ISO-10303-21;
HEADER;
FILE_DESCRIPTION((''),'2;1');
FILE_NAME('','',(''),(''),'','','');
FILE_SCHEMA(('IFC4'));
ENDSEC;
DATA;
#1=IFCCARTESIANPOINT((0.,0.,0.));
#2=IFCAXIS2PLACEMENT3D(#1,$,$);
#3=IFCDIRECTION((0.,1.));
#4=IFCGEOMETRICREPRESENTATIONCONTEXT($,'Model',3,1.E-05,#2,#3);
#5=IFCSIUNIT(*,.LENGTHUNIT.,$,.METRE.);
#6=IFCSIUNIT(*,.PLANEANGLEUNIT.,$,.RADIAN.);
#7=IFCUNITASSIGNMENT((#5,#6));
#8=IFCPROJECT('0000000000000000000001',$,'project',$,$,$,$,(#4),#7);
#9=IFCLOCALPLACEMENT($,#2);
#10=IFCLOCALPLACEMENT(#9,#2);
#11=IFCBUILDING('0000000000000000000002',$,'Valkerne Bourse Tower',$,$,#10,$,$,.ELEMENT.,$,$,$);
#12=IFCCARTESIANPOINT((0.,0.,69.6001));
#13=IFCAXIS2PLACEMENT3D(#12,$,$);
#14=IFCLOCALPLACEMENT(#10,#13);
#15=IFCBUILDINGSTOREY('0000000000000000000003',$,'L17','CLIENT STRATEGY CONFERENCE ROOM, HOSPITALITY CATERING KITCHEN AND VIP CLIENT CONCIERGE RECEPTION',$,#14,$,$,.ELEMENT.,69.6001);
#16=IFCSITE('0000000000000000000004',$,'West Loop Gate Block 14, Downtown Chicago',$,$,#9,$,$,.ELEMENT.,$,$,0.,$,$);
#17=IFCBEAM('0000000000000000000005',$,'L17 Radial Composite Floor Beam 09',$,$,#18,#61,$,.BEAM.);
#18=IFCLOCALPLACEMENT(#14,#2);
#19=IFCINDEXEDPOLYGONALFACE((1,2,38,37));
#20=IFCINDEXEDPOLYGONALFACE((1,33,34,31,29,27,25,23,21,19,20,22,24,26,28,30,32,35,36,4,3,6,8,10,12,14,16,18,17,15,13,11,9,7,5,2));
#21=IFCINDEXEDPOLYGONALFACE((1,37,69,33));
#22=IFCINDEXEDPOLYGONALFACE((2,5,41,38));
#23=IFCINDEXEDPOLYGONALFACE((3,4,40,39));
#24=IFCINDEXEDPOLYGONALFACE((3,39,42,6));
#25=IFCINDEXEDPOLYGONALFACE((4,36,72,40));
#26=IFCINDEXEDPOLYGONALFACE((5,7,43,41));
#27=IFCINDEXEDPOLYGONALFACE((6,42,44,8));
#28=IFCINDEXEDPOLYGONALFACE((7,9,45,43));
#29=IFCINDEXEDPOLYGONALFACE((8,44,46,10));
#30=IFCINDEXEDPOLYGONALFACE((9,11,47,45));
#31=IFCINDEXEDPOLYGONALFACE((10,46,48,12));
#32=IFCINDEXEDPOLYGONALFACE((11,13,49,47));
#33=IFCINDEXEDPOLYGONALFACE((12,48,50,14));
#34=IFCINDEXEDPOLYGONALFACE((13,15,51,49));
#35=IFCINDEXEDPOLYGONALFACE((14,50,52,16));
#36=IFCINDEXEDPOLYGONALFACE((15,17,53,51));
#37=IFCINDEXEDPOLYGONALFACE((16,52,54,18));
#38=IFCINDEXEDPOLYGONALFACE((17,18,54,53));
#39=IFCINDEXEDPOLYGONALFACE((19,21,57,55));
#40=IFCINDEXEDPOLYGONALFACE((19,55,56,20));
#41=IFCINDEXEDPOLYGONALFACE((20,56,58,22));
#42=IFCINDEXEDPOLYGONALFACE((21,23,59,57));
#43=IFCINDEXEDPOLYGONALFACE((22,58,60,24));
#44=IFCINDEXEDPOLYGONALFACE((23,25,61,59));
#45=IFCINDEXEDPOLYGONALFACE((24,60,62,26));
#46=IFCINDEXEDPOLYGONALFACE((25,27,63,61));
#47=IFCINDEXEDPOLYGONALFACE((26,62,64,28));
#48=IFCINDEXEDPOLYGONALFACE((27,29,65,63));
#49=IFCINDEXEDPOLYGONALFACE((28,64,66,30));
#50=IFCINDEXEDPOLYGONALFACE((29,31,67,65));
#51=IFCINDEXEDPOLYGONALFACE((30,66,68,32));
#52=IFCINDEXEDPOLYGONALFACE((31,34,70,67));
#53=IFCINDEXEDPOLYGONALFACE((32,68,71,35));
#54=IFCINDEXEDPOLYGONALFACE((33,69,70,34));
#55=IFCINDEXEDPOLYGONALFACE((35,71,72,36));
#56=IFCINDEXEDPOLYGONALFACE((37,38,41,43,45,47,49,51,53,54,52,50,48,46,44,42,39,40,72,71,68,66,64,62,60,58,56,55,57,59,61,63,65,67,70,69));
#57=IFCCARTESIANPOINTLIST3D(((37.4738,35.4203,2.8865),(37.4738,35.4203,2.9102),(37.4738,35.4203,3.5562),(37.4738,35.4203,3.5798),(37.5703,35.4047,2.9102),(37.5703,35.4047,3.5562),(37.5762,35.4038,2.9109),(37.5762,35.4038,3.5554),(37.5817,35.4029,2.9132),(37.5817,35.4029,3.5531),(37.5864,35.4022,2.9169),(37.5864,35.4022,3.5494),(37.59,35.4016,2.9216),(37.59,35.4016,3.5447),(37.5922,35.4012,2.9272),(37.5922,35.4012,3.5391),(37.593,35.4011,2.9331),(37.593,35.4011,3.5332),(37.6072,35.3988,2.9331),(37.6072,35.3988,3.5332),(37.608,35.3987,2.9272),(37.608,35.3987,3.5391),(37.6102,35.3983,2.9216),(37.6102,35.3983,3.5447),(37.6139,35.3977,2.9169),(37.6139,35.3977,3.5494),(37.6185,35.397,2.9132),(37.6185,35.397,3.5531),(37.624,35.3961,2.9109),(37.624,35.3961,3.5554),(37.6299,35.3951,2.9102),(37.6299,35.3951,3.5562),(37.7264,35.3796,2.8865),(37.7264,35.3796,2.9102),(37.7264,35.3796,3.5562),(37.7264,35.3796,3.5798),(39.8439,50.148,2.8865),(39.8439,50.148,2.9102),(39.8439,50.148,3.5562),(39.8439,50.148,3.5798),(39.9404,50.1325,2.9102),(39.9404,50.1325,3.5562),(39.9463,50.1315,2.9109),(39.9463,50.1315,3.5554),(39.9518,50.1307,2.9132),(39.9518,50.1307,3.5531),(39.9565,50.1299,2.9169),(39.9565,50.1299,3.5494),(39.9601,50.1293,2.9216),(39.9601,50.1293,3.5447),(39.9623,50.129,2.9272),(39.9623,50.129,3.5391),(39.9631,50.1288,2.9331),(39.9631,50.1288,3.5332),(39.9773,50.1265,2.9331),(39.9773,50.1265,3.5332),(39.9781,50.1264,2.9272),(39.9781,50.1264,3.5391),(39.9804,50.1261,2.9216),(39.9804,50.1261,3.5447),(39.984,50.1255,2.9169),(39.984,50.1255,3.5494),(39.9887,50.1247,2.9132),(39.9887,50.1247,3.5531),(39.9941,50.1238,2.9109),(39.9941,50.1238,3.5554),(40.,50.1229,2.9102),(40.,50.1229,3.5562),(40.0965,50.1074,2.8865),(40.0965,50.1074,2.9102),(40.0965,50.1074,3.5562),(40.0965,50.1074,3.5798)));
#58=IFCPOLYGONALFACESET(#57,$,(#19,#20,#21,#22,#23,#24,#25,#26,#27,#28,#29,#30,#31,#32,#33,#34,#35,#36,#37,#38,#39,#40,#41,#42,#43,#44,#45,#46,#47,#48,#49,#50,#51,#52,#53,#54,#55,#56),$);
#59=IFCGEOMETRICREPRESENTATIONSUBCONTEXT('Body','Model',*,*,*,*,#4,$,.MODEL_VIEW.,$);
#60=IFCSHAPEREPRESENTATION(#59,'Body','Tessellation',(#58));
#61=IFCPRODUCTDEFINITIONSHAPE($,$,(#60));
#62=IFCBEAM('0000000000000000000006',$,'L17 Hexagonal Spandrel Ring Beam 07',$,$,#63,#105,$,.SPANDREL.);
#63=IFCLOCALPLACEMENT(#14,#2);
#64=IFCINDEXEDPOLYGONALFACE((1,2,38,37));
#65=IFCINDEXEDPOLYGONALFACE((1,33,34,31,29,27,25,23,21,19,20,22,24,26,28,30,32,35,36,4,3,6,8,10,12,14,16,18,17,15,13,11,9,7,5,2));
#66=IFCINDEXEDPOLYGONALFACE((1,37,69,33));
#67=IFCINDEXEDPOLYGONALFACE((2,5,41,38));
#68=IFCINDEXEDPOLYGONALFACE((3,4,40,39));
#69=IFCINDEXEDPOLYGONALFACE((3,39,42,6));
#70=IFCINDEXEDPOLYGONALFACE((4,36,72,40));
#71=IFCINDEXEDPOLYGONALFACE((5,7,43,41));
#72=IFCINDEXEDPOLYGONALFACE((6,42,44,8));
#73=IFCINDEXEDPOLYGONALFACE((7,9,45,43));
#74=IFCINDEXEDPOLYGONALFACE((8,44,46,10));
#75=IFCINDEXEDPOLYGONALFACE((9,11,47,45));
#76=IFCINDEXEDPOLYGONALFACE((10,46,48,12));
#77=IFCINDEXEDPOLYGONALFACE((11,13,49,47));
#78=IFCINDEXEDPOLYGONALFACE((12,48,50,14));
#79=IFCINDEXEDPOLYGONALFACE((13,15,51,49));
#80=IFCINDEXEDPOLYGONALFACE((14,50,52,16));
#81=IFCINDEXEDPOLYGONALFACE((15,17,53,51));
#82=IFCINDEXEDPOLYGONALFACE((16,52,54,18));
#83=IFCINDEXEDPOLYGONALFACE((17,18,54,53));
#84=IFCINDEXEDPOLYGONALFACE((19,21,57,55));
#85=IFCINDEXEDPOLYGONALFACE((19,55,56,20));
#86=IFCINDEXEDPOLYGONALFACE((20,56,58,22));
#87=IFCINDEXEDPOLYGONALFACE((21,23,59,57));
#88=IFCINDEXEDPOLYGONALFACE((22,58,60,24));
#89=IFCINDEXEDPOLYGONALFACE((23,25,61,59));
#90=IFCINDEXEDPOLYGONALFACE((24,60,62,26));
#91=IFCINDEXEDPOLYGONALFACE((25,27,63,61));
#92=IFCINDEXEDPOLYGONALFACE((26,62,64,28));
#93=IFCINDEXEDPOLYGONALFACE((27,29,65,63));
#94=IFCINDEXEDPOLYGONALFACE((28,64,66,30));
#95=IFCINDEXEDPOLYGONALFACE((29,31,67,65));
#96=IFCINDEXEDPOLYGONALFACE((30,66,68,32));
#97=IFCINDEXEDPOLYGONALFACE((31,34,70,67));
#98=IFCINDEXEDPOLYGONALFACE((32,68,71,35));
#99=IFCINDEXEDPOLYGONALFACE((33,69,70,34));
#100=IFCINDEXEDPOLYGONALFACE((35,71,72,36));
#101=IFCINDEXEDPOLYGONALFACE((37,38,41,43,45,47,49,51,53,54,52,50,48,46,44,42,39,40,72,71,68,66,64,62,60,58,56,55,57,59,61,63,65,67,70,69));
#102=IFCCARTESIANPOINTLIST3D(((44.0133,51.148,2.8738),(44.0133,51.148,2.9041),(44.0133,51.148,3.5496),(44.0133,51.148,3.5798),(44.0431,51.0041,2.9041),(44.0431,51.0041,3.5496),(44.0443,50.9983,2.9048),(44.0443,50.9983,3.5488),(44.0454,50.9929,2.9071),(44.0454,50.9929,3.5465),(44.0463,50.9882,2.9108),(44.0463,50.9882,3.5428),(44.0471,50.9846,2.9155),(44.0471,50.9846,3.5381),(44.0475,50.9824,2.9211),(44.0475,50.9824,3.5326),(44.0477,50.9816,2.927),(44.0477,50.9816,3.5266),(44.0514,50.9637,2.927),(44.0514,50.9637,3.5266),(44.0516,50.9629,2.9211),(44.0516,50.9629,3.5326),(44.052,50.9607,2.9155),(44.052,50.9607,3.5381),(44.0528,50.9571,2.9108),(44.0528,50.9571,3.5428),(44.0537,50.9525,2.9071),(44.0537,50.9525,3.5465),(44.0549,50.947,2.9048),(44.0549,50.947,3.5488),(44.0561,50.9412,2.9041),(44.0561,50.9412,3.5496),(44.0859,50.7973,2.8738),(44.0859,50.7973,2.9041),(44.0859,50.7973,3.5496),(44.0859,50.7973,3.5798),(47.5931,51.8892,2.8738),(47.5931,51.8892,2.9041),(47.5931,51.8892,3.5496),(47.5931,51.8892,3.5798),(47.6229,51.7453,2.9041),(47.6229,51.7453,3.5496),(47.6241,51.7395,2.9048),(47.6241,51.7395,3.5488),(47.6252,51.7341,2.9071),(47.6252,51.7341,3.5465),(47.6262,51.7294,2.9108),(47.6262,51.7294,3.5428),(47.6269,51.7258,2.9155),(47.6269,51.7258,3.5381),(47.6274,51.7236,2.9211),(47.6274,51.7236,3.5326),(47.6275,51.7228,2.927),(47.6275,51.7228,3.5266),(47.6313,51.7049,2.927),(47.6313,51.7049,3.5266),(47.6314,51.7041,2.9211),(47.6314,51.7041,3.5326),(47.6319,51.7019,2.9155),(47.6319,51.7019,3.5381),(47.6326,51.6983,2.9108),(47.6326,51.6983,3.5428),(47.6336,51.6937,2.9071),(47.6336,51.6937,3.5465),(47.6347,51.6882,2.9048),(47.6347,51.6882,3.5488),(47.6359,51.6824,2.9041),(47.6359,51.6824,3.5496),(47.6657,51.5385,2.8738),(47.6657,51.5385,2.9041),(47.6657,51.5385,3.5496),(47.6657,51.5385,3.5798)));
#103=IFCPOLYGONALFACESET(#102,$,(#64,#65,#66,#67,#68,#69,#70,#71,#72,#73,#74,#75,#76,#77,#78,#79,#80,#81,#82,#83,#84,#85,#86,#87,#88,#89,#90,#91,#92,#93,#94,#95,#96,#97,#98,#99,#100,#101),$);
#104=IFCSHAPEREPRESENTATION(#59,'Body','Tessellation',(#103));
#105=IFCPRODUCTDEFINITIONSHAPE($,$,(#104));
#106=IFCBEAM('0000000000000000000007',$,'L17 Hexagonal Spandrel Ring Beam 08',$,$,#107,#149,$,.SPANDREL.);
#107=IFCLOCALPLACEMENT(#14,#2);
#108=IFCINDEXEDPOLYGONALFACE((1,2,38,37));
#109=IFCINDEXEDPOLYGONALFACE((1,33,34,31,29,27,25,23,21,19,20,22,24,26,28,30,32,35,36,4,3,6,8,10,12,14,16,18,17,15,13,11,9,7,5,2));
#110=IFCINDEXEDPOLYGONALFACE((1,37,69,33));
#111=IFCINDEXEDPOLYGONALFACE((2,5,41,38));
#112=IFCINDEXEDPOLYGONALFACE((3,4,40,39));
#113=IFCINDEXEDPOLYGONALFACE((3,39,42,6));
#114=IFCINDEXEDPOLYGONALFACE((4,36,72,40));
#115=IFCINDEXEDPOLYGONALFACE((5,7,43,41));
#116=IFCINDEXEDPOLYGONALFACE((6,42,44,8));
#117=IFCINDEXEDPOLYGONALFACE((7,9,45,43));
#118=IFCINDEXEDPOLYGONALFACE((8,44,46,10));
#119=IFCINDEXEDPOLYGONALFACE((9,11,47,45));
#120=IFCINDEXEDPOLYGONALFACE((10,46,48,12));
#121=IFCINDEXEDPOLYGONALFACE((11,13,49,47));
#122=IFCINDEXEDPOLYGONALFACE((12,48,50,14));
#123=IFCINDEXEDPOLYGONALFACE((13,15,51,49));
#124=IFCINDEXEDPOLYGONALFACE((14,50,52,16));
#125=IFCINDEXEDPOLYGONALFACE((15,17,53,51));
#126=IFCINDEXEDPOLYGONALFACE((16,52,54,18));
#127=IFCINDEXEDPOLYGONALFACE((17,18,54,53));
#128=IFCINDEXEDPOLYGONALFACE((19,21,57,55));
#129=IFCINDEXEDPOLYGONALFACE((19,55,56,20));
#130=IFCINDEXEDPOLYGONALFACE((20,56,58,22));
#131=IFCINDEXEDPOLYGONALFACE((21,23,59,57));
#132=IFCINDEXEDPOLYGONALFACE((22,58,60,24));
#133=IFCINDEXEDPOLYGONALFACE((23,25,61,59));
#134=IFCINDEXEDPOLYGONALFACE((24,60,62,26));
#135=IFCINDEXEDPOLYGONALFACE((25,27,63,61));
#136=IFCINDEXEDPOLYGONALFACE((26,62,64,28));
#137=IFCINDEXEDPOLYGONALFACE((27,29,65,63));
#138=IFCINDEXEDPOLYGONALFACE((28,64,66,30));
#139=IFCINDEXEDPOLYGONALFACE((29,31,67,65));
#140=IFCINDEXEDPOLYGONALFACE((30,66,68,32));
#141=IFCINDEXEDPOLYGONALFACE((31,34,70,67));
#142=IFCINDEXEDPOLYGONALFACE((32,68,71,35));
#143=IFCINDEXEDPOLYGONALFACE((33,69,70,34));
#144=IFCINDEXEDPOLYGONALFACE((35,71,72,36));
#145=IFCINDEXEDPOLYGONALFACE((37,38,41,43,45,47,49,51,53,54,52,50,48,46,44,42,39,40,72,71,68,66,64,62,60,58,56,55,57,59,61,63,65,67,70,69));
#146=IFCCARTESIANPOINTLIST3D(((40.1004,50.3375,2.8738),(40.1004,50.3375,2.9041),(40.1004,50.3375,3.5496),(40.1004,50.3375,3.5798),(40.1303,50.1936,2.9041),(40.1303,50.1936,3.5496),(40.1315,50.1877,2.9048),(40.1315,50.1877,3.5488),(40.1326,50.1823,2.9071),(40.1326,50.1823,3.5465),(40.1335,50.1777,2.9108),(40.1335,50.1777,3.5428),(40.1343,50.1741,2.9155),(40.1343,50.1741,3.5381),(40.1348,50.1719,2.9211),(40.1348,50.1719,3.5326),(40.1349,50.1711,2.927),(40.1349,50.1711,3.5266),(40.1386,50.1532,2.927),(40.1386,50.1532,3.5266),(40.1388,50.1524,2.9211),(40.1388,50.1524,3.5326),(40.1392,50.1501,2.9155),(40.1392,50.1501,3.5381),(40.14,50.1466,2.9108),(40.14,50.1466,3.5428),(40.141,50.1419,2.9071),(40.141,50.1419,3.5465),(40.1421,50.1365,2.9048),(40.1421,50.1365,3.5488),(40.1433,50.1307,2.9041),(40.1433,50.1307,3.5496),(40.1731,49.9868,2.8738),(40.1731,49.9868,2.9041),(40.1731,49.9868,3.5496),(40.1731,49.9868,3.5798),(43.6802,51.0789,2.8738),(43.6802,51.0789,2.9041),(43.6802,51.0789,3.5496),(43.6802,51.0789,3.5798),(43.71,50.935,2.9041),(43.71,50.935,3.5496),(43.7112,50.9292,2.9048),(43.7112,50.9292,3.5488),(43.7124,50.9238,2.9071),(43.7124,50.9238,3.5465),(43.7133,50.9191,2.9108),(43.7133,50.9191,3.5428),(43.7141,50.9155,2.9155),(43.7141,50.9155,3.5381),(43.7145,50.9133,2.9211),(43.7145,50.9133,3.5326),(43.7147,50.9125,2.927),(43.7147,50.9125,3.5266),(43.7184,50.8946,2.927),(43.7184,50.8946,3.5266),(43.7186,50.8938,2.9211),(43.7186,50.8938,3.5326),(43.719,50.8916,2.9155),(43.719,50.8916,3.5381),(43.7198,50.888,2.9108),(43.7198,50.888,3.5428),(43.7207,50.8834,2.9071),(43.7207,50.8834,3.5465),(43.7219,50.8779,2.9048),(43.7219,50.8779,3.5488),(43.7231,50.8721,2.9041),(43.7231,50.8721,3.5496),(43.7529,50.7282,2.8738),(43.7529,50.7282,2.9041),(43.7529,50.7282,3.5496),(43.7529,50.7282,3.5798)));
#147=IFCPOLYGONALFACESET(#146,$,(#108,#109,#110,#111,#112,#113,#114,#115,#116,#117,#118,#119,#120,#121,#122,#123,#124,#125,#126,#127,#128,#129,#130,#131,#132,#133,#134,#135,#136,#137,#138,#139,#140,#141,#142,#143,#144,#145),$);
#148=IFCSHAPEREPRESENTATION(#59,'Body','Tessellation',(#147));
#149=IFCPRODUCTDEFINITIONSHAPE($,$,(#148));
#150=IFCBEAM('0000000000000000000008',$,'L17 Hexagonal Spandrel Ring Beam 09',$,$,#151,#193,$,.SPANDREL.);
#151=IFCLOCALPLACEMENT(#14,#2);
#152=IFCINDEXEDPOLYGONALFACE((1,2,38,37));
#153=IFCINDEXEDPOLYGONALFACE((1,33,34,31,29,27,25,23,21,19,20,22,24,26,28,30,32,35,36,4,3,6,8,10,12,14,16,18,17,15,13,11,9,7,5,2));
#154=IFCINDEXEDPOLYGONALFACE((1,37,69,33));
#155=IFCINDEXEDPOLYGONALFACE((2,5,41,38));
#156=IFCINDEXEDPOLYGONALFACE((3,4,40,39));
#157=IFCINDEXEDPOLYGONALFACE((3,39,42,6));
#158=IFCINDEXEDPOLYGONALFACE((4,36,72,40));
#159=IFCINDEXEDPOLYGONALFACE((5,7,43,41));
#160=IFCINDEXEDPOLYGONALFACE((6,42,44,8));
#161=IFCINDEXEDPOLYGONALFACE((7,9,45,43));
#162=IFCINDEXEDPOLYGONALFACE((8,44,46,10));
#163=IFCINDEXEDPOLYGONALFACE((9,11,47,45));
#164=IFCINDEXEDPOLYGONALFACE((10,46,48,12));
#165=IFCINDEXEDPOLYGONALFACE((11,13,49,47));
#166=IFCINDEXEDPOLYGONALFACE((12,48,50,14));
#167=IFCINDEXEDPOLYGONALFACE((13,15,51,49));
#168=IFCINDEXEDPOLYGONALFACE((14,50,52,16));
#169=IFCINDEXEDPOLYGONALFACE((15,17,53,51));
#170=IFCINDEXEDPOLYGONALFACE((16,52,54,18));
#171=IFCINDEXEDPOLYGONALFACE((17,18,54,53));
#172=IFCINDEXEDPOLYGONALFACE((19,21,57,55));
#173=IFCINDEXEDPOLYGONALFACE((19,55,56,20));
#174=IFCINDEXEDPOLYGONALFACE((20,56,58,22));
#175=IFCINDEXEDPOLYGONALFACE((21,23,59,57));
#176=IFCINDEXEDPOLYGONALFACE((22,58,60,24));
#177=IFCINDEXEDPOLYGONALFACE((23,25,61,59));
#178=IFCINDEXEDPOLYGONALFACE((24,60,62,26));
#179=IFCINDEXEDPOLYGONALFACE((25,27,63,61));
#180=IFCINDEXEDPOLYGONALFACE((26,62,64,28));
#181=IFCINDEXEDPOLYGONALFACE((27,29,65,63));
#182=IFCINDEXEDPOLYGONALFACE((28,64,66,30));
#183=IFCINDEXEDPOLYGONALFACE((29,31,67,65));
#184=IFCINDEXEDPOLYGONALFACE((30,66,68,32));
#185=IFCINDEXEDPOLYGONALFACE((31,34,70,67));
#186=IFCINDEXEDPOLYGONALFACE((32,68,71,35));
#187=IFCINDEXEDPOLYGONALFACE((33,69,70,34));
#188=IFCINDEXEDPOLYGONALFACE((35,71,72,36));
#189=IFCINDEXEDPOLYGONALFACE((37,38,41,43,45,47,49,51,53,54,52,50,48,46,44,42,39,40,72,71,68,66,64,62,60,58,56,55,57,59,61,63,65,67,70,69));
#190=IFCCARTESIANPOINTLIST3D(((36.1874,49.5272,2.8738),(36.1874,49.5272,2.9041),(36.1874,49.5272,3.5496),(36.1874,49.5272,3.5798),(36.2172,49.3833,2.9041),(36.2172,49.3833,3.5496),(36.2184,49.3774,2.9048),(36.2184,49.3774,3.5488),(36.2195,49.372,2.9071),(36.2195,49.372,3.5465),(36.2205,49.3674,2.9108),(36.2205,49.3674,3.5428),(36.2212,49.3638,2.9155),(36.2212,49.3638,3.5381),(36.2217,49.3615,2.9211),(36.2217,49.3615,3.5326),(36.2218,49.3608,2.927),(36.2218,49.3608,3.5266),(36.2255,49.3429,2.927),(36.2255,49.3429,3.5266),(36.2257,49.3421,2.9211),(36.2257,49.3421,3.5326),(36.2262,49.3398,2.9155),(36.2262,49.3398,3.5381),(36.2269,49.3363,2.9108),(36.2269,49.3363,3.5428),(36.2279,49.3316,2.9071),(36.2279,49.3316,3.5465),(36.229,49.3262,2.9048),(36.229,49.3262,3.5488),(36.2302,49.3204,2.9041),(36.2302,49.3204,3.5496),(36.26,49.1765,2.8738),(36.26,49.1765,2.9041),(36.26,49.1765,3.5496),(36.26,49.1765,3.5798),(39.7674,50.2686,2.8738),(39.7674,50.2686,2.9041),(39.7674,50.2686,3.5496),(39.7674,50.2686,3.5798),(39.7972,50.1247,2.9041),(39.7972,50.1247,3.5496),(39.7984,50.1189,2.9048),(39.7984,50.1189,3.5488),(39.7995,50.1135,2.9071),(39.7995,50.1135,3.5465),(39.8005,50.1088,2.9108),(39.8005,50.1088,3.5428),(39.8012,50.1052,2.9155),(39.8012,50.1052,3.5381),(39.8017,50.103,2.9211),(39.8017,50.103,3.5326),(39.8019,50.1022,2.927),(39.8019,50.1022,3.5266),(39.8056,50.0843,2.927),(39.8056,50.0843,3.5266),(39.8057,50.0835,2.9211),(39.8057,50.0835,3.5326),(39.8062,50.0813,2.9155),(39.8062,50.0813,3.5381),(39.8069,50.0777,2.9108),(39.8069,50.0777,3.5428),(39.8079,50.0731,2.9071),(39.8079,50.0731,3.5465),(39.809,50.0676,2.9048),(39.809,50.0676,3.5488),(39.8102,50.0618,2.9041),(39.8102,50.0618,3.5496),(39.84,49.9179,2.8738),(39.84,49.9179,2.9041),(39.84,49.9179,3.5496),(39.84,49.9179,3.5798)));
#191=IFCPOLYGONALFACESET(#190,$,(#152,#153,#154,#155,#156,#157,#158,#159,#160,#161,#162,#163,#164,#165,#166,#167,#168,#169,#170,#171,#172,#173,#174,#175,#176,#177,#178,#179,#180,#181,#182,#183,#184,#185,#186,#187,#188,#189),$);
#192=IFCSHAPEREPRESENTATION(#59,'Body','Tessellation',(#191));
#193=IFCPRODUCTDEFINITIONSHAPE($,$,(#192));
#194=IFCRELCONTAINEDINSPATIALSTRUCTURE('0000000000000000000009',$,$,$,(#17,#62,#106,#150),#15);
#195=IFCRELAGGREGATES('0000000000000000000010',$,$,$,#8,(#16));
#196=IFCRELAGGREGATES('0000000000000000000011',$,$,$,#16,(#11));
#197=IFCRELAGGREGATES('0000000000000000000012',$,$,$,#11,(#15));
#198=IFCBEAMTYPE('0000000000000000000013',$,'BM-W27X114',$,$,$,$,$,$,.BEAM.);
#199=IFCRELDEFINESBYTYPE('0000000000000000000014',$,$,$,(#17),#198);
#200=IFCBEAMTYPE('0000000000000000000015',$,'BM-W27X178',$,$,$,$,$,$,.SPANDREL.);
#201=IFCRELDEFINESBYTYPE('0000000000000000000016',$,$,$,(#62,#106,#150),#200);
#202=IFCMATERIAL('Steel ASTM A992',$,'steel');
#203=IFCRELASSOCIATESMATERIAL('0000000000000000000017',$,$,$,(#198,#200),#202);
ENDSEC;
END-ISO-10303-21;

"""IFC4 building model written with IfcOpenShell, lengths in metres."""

from ifc_helpers import new_model, si_unit, direction, frame, origin, origin_2d, place, context, subcontext, project, spatial, i_section, extrude, material, material_profile, profile_set, type_object, element, save


model = new_model("IFC4")

# Units and contexts
model_context = context("Model", 3, precision=1e-05, world=origin(), true_north=direction((0.0, 1.0)))
body_context = subcontext(model_context, "Body", "Model", "MODEL_VIEW")
ifc_project = project(units=[si_unit("LENGTHUNIT", "METRE"), si_unit("PLANEANGLEUNIT", "RADIAN")], contexts=[model_context])

# Site, building, storey
site_placement = place(None, origin())
site = spatial("IfcSite", under=ifc_project, at=site_placement, Name="West Loop Gate Block 14, Downtown Chicago", CompositionType="ELEMENT", RefElevation=0.0)
building_placement = place(site_placement, origin())
building = spatial("IfcBuilding", under=site, at=building_placement, Name="Valkerne Bourse Tower", CompositionType="ELEMENT")
storey_placement = place(building_placement, frame((0.0, 0.0, 69.6001)))
storey = spatial("IfcBuildingStorey", under=building, at=storey_placement, Name="L17", Description="CLIENT STRATEGY CONFERENCE ROOM, HOSPITALITY CATERING KITCHEN AND VIP CLIENT CONCIERGE RECEPTION", CompositionType="ELEMENT", Elevation=69.6001)

# Beams
ifc_material_1 = material(Name="Steel ASTM A992", Category="steel")
ifc_material_profile_1 = material_profile(ifc_material_1, i_section(OverallWidth=0.2559, OverallDepth=0.6934, WebThickness=0.0144, FlangeThickness=0.0237, FilletRadius=0.0229, at=origin_2d()), Name="W27X114")
ifc_profile_set_1 = profile_set([ifc_material_profile_1], Name="Steel ASTM A992")
beam_type_1 = type_object("IfcBeamType", Name="BM-W27X114", PredefinedType="BEAM", material=ifc_profile_set_1)
beam_1_placement = place(storey_placement, frame((39.9702, 50.1277, 3.2332), z_axis=(-0.158884, -0.987297, 0.0), x_axis=(0.987297, -0.158884, 0.0)))
element("IfcBeam", 1, at=beam_1_placement, inside=storey, type_object=beam_type_1, Name="L17 Radial Composite Floor Beam 09", PredefinedType="BEAM", context=body_context, shape_type="SweptSolid", body=[
    extrude(i_section(OverallWidth=0.2559, OverallDepth=0.6934, WebThickness=0.0144, FlangeThickness=0.0237, FilletRadius=0.0229, at=origin_2d()), origin(), (0.0, 0.0, 1.0), 14.9172),
])
ifc_material_profile_2 = material_profile(ifc_material_1, i_section(OverallWidth=0.3582, OverallDepth=0.7061, WebThickness=0.0183, FlangeThickness=0.0303, FilletRadius=0.0229, at=origin_2d()), Name="W27X178")
ifc_profile_set_2 = profile_set([ifc_material_profile_2], Name="Steel ASTM A992")
beam_type_2 = type_object("IfcBeamType", Name="BM-W27X178", PredefinedType="SPANDREL", material=ifc_profile_set_2)
for number, where, z_axis, x_axis, name in (
    (2, (47.6294, 51.7139, 3.2268), (-0.97923, -0.202751, 0.0), (0.202751, -0.97923, 0.0), "L17 Hexagonal Spandrel Ring Beam 07"),
    (3, (43.7166, 50.9036, 3.2268), (-0.979217, -0.202815, 0.0), (0.202815, -0.979217, 0.0), "L17 Hexagonal Spandrel Ring Beam 08"),
):
    element("IfcBeam", number, at=place(storey_placement, frame(where, z_axis=z_axis, x_axis=x_axis)), inside=storey, type_object=beam_type_2, Name=name, PredefinedType="SPANDREL", context=body_context, shape_type="SweptSolid", body=[
        extrude(i_section(OverallWidth=0.3582, OverallDepth=0.7061, WebThickness=0.0183, FlangeThickness=0.0303, FilletRadius=0.0229, at=origin_2d()), origin(), (0.0, 0.0, 1.0), 3.6558),
    ])
beam_2_placement = place(storey_placement, frame((39.8037, 50.0933, 3.2268), z_axis=(-0.97922, -0.202802, 0.0), x_axis=(0.202802, -0.97922, 0.0)))
element("IfcBeam", 4, at=beam_2_placement, inside=storey, type_object=beam_type_2, Name="L17 Hexagonal Spandrel Ring Beam 09", PredefinedType="SPANDREL", context=body_context, shape_type="SweptSolid", body=[
    extrude(i_section(OverallWidth=0.3582, OverallDepth=0.7061, WebThickness=0.0183, FlangeThickness=0.0303, FilletRadius=0.0229, at=origin_2d()), origin(), (0.0, 0.0, 1.0), 3.656),
])

save(model, "model.ifc")
